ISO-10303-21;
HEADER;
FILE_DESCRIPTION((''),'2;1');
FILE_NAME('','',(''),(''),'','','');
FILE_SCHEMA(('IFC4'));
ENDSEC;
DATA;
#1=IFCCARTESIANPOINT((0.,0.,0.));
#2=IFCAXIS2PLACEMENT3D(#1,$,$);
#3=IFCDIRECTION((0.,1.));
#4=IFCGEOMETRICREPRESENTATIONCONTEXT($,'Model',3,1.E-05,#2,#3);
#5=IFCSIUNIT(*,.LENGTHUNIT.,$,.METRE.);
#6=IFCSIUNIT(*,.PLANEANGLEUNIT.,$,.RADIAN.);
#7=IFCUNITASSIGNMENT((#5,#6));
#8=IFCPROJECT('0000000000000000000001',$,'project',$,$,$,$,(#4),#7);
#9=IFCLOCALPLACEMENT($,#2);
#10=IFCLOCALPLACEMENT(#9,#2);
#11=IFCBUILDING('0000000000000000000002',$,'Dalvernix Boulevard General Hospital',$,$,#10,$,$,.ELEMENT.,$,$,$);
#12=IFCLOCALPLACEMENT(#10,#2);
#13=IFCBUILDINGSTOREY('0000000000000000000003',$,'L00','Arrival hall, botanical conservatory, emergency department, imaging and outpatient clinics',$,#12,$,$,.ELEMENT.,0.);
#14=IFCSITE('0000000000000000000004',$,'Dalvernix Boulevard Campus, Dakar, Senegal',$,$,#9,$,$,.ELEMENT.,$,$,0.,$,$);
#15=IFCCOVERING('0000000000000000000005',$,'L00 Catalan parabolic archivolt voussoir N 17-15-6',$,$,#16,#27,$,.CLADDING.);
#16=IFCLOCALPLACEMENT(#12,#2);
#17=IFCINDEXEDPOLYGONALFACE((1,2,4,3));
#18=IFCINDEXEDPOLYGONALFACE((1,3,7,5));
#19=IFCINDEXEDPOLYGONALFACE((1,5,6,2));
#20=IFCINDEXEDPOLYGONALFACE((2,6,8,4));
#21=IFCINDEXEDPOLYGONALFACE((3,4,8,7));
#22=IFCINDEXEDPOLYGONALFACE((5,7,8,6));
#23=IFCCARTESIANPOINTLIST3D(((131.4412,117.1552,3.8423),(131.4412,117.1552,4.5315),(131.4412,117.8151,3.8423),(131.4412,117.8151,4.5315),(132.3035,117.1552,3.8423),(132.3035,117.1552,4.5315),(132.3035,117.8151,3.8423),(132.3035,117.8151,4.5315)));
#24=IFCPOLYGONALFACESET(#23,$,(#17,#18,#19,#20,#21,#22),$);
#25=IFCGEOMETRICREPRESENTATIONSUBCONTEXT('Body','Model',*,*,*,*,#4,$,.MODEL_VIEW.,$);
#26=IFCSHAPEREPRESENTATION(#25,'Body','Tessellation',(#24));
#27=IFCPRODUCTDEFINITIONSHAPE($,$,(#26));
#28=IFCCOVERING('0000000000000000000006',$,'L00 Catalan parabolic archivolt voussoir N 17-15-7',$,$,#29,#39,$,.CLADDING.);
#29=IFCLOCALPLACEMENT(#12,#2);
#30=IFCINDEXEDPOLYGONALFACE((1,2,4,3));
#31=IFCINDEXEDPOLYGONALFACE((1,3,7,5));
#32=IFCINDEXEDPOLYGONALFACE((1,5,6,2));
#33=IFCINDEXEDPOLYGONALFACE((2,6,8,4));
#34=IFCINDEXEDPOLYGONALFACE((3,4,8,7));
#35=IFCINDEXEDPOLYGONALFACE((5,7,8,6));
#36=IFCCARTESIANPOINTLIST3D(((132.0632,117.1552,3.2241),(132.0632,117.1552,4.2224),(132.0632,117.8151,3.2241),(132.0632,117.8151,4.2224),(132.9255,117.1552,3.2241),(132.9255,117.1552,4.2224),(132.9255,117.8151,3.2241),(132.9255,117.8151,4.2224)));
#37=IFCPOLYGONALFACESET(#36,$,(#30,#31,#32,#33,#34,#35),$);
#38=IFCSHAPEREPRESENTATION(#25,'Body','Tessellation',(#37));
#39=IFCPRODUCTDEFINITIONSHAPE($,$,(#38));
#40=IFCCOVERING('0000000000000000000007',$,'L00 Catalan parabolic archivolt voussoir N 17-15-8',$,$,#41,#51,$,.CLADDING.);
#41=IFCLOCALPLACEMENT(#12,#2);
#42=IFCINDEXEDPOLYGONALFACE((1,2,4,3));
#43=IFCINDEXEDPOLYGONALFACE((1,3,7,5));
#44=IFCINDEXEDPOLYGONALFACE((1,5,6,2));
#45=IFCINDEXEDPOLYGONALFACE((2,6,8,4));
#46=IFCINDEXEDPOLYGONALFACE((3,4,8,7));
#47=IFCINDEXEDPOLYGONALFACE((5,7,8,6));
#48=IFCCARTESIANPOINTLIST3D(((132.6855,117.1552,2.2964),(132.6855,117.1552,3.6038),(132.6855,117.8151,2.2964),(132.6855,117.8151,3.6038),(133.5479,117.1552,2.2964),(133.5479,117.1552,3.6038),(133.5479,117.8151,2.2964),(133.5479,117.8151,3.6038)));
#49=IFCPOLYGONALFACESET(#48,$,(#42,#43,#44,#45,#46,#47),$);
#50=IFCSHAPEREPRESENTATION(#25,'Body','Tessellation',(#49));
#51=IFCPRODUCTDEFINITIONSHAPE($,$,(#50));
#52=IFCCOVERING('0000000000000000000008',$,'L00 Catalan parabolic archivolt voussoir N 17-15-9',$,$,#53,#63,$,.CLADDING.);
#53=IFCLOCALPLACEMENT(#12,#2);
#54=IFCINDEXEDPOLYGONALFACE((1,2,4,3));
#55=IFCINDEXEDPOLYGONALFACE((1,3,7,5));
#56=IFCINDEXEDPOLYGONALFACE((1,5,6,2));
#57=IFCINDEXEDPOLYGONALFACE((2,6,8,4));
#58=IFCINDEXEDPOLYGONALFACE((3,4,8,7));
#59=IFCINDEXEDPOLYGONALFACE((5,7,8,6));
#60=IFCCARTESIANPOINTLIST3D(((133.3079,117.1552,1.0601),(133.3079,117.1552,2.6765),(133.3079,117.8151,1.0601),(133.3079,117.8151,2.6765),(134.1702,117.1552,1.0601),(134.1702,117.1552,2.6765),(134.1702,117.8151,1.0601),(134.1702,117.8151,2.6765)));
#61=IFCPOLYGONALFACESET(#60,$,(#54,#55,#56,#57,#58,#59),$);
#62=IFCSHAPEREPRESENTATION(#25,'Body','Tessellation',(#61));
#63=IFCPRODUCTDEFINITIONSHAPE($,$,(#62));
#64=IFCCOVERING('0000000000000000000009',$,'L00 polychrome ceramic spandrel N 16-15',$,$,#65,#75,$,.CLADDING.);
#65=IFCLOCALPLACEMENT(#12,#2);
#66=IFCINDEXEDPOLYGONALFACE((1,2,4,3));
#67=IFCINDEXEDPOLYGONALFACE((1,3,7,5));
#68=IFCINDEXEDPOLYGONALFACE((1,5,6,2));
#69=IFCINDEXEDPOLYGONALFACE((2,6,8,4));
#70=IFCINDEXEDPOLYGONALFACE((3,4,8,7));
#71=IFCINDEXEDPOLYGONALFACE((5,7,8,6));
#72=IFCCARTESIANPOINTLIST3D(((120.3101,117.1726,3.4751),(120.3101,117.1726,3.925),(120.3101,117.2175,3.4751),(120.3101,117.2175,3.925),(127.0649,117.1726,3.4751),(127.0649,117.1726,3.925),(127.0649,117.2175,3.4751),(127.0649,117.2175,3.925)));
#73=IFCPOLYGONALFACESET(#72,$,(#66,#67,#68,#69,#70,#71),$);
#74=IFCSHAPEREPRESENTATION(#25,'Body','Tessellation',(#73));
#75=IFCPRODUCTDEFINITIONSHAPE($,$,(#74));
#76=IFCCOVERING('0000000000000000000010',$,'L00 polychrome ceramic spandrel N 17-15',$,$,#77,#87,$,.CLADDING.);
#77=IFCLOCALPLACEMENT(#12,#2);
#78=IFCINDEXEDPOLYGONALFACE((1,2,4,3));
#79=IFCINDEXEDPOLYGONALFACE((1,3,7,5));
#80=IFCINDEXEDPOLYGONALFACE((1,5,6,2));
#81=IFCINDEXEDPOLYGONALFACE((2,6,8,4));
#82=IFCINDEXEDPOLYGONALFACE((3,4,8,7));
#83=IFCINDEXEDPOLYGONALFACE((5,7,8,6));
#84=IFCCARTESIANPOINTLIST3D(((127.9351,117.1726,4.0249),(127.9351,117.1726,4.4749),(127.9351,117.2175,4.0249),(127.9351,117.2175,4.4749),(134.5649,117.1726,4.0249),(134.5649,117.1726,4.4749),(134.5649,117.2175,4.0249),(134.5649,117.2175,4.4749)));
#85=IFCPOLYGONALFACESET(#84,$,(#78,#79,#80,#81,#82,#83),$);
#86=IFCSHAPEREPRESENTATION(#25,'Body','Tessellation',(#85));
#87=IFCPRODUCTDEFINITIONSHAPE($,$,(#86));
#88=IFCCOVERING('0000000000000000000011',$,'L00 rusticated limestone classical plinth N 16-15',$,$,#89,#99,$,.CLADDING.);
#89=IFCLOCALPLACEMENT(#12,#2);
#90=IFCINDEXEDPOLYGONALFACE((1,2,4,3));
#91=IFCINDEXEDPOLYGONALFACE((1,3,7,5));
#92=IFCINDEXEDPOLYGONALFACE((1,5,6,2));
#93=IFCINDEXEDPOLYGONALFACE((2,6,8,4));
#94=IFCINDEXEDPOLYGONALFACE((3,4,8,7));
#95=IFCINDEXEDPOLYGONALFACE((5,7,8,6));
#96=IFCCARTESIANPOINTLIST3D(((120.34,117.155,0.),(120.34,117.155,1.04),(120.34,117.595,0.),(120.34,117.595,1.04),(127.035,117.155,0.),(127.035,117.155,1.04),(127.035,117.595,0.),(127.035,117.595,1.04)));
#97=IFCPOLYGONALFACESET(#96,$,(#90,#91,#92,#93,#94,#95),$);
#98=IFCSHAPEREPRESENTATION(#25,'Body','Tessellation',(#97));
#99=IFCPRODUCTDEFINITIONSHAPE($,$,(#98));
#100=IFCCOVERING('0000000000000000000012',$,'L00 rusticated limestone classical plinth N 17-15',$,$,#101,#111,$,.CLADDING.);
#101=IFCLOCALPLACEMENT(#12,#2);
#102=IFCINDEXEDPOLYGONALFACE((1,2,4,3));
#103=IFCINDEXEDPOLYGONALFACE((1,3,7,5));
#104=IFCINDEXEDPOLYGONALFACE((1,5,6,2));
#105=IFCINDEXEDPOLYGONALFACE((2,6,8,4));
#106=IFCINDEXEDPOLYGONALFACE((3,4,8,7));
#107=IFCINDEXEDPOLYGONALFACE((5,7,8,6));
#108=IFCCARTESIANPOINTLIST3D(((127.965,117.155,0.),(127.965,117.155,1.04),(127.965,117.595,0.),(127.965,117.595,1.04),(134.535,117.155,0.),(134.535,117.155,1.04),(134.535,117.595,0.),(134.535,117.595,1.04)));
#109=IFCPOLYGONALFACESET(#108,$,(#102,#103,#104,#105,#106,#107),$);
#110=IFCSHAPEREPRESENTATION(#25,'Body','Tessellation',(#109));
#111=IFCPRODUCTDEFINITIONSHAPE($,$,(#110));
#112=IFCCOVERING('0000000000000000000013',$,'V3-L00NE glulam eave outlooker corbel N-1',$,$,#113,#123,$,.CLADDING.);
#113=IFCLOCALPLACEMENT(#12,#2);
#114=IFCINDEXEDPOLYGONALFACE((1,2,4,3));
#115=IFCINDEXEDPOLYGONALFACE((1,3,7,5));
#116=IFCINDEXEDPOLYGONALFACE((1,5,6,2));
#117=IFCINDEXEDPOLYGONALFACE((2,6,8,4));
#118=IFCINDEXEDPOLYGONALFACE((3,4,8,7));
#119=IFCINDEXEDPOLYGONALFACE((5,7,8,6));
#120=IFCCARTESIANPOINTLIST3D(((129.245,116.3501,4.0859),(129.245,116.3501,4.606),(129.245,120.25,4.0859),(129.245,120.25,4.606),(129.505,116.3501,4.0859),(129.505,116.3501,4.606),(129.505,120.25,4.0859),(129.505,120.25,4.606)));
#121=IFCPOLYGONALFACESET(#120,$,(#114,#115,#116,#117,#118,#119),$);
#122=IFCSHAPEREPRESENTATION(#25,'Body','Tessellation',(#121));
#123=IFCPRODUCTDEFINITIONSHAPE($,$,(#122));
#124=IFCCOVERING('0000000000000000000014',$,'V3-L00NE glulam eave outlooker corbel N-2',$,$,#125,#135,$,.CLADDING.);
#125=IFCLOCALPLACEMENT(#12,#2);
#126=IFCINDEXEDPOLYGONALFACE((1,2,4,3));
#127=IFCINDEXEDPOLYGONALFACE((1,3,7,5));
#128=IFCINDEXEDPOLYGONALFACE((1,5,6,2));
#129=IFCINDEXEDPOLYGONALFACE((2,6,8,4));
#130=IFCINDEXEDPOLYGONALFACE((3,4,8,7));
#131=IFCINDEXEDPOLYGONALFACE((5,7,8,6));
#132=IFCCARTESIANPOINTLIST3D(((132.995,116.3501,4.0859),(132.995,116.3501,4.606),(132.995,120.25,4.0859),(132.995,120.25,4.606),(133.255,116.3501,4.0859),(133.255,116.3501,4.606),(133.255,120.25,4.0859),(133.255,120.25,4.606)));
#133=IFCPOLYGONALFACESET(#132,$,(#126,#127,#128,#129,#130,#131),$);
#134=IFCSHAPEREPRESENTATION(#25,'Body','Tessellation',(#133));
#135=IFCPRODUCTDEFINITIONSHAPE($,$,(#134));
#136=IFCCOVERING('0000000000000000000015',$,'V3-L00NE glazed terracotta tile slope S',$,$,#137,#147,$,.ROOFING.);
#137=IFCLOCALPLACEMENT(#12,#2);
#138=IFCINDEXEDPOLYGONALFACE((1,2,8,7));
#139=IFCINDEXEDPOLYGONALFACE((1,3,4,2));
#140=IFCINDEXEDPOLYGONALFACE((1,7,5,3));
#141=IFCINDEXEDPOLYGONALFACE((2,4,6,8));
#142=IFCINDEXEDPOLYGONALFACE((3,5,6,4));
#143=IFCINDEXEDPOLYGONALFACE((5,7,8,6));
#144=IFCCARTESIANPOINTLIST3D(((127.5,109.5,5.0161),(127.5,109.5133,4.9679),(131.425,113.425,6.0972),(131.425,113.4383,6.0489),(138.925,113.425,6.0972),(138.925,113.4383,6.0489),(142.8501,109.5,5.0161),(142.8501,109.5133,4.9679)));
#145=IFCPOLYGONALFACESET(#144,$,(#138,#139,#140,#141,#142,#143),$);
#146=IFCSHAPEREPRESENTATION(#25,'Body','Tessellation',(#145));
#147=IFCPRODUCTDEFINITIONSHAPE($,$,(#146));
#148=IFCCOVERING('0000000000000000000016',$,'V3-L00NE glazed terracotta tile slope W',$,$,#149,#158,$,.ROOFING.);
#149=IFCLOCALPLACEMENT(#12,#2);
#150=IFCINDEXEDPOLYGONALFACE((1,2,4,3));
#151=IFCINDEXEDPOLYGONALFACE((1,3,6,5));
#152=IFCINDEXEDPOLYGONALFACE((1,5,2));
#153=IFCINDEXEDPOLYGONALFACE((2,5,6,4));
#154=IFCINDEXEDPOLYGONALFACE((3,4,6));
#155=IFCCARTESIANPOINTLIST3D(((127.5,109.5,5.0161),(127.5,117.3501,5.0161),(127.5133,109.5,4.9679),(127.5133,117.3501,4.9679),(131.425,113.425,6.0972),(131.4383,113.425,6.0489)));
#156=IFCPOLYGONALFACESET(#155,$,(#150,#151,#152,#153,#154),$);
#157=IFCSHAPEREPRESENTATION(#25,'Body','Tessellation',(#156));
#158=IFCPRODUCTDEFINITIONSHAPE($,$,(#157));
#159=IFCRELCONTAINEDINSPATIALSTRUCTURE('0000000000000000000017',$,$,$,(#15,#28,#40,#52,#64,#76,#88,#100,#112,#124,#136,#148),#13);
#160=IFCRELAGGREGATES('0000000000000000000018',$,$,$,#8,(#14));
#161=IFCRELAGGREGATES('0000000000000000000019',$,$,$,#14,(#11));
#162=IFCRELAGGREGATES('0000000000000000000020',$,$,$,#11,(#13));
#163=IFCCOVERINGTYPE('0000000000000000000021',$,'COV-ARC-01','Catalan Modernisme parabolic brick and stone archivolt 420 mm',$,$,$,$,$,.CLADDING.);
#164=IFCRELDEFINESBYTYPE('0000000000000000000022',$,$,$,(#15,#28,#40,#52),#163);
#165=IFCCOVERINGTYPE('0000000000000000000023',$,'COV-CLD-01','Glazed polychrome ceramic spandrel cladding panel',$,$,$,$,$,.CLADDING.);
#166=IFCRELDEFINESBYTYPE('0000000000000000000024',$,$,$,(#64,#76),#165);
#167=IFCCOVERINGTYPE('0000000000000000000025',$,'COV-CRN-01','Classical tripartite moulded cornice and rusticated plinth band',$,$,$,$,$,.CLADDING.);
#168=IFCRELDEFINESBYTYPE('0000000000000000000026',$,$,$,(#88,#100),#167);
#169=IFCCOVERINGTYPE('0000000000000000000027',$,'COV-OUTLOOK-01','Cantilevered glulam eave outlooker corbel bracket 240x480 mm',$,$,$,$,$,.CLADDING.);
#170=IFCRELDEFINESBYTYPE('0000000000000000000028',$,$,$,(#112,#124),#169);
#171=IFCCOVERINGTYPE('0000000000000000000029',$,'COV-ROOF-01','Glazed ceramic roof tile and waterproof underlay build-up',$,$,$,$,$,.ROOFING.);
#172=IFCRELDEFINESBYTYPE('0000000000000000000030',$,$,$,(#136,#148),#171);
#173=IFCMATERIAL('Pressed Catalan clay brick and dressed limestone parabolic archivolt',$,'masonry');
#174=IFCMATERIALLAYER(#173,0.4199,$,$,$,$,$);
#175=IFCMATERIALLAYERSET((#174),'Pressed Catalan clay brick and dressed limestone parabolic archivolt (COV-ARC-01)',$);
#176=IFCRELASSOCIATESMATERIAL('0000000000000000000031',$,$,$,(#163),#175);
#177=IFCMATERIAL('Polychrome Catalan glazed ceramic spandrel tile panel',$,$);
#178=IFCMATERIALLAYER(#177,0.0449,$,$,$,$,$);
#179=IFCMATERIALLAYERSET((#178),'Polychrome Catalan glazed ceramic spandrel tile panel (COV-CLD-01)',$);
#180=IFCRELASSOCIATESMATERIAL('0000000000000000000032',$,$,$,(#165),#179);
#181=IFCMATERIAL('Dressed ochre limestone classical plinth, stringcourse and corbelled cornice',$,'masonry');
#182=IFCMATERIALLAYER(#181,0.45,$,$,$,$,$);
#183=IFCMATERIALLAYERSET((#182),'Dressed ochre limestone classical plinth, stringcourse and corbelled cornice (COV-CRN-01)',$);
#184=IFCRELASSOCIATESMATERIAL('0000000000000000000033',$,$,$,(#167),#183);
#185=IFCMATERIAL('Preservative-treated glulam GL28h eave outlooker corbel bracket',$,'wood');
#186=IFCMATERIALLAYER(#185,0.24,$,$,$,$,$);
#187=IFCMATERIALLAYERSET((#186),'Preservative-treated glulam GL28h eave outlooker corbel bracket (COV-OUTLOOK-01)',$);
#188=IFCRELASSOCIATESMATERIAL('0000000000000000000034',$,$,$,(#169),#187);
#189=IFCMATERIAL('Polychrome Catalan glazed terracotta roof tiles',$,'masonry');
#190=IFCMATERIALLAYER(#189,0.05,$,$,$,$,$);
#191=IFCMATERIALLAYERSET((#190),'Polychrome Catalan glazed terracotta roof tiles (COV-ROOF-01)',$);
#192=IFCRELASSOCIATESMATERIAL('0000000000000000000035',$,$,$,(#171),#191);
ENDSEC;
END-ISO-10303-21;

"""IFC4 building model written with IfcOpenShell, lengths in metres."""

from ifc_helpers import new_model, si_unit, direction, frame, origin, origin_2d, place, context, subcontext, project, spatial, polyline, rectangle, outline, extrude, material, layer, layer_set, type_object, element, save


model = new_model("IFC4")

# Units and contexts
model_context = context("Model", 3, precision=1e-05, world=origin(), true_north=direction((0.0, 1.0)))
body_context = subcontext(model_context, "Body", "Model", "MODEL_VIEW")
ifc_project = project(units=[si_unit("LENGTHUNIT", "METRE"), si_unit("PLANEANGLEUNIT", "RADIAN")], contexts=[model_context])

# Site, building, storey
site_placement = place(None, origin())
site = spatial("IfcSite", under=ifc_project, at=site_placement, Name="Dalvernix Boulevard Campus, Dakar, Senegal", CompositionType="ELEMENT", RefElevation=0.0)
building_placement = place(site_placement, origin())
building = spatial("IfcBuilding", under=site, at=building_placement, Name="Dalvernix Boulevard General Hospital", CompositionType="ELEMENT")
storey_placement = place(building_placement, origin())
storey = spatial("IfcBuildingStorey", under=building, at=storey_placement, Name="L00", Description="Arrival hall, botanical conservatory, emergency department, imaging and outpatient clinics", CompositionType="ELEMENT", Elevation=0.0)

# Coverings
ifc_material_1 = material(Name="Pressed Catalan clay brick and dressed limestone parabolic archivolt", Category="masonry")
ifc_layer_1 = layer(ifc_material_1, 0.4199)
ifc_layer_set_1 = layer_set([ifc_layer_1], Name="Pressed Catalan clay brick and dressed limestone parabolic archivolt (COV-ARC-01)")
covering_type_1 = type_object("IfcCoveringType", Name="COV-ARC-01", Description="Catalan Modernisme parabolic brick and stone archivolt 420 mm", PredefinedType="CLADDING", material=ifc_layer_set_1)
covering_1_placement = place(storey_placement, frame((131.8723, 117.4851, 3.8423), z_axis=(0.0, 0.0, 1.0), x_axis=(1.0, 0.0, 0.0)))
element("IfcCovering", 1, at=covering_1_placement, inside=storey, type_object=covering_type_1, Name="L00 Catalan parabolic archivolt voussoir N 17-15-6", PredefinedType="CLADDING", context=body_context, shape_type="SweptSolid", body=[
    extrude(rectangle(XDim=0.8623, YDim=0.6599, at=origin_2d()), origin(), (0.0, 0.0, 1.0), 0.6892),
])
covering_2_placement = place(storey_placement, frame((132.4944, 117.4851, 3.2241), z_axis=(0.0, 0.0, 1.0), x_axis=(1.0, 0.0, 0.0)))
element("IfcCovering", 2, at=covering_2_placement, inside=storey, type_object=covering_type_1, Name="L00 Catalan parabolic archivolt voussoir N 17-15-7", PredefinedType="CLADDING", context=body_context, shape_type="SweptSolid", body=[
    extrude(rectangle(XDim=0.8623, YDim=0.6599, at=origin_2d()), origin(), (0.0, 0.0, 1.0), 0.9983),
])
covering_3_placement = place(storey_placement, frame((133.1167, 117.4851, 2.2964), z_axis=(0.0, 0.0, 1.0), x_axis=(1.0, 0.0, 0.0)))
element("IfcCovering", 3, at=covering_3_placement, inside=storey, type_object=covering_type_1, Name="L00 Catalan parabolic archivolt voussoir N 17-15-8", PredefinedType="CLADDING", context=body_context, shape_type="SweptSolid", body=[
    extrude(rectangle(XDim=0.8623, YDim=0.6599, at=origin_2d()), origin(), (0.0, 0.0, 1.0), 1.3074),
])
covering_4_placement = place(storey_placement, frame((133.739, 117.4851, 1.0601), z_axis=(0.0, 0.0, 1.0), x_axis=(1.0, 0.0, 0.0)))
element("IfcCovering", 4, at=covering_4_placement, inside=storey, type_object=covering_type_1, Name="L00 Catalan parabolic archivolt voussoir N 17-15-9", PredefinedType="CLADDING", context=body_context, shape_type="SweptSolid", body=[
    extrude(rectangle(XDim=0.8623, YDim=0.6599, at=origin_2d()), origin(), (0.0, 0.0, 1.0), 1.6165),
])
ifc_material_2 = material(Name="Polychrome Catalan glazed ceramic spandrel tile panel")
ifc_layer_2 = layer(ifc_material_2, 0.0449)
ifc_layer_set_2 = layer_set([ifc_layer_2], Name="Polychrome Catalan glazed ceramic spandrel tile panel (COV-CLD-01)")
covering_type_2 = type_object("IfcCoveringType", Name="COV-CLD-01", Description="Glazed polychrome ceramic spandrel cladding panel", PredefinedType="CLADDING", material=ifc_layer_set_2)
covering_5_placement = place(storey_placement, frame((123.6875, 117.1951, 3.4751), z_axis=(0.0, 0.0, 1.0), x_axis=(1.0, 0.0, 0.0)))
element("IfcCovering", 5, at=covering_5_placement, inside=storey, type_object=covering_type_2, Name="L00 polychrome ceramic spandrel N 16-15", PredefinedType="CLADDING", context=body_context, shape_type="SweptSolid", body=[
    extrude(rectangle(XDim=6.7549, YDim=0.0449, at=origin_2d()), origin(), (0.0, 0.0, 1.0), 0.45),
])
covering_6_placement = place(storey_placement, frame((131.25, 117.1951, 4.0249), z_axis=(0.0, 0.0, 1.0), x_axis=(1.0, 0.0, 0.0)))
element("IfcCovering", 6, at=covering_6_placement, inside=storey, type_object=covering_type_2, Name="L00 polychrome ceramic spandrel N 17-15", PredefinedType="CLADDING", context=body_context, shape_type="SweptSolid", body=[
    extrude(rectangle(XDim=6.6299, YDim=0.0449, at=origin_2d()), origin(), (0.0, 0.0, 1.0), 0.45),
])
ifc_material_3 = material(Name="Dressed ochre limestone classical plinth, stringcourse and corbelled cornice", Category="masonry")
ifc_layer_3 = layer(ifc_material_3, 0.45)
ifc_layer_set_3 = layer_set([ifc_layer_3], Name="Dressed ochre limestone classical plinth, stringcourse and corbelled cornice (COV-CRN-01)")
covering_type_3 = type_object("IfcCoveringType", Name="COV-CRN-01", Description="Classical tripartite moulded cornice and rusticated plinth band", PredefinedType="CLADDING", material=ifc_layer_set_3)
covering_7_placement = place(storey_placement, frame((123.6875, 117.375, 0.0), z_axis=(0.0, 0.0, 1.0), x_axis=(1.0, 0.0, 0.0)))
element("IfcCovering", 7, at=covering_7_placement, inside=storey, type_object=covering_type_3, Name="L00 rusticated limestone classical plinth N 16-15", PredefinedType="CLADDING", context=body_context, shape_type="SweptSolid", body=[
    extrude(rectangle(XDim=6.6951, YDim=0.4399, at=origin_2d()), origin(), (0.0, 0.0, 1.0), 1.04),
])
covering_8_placement = place(storey_placement, frame((131.25, 117.375, 0.0), z_axis=(0.0, 0.0, 1.0), x_axis=(1.0, 0.0, 0.0)))
element("IfcCovering", 8, at=covering_8_placement, inside=storey, type_object=covering_type_3, Name="L00 rusticated limestone classical plinth N 17-15", PredefinedType="CLADDING", context=body_context, shape_type="SweptSolid", body=[
    extrude(rectangle(XDim=6.5701, YDim=0.4399, at=origin_2d()), origin(), (0.0, 0.0, 1.0), 1.04),
])
ifc_material_4 = material(Name="Preservative-treated glulam GL28h eave outlooker corbel bracket", Category="wood")
ifc_layer_4 = layer(ifc_material_4, 0.24)
ifc_layer_set_4 = layer_set([ifc_layer_4], Name="Preservative-treated glulam GL28h eave outlooker corbel bracket (COV-OUTLOOK-01)")
covering_type_4 = type_object("IfcCoveringType", Name="COV-OUTLOOK-01", Description="Cantilevered glulam eave outlooker corbel bracket 240x480 mm", PredefinedType="CLADDING", material=ifc_layer_set_4)
for number, where, z_axis, x_axis, name in (
    (9, (129.375, 118.3, 4.0859), (0.0, 0.0, 1.0), (1.0, 0.0, 0.0), "V3-L00NE glulam eave outlooker corbel N-1"),
    (10, (133.125, 118.3, 4.0859), (0.0, 0.0, 1.0), (1.0, 0.0, 0.0), "V3-L00NE glulam eave outlooker corbel N-2"),
):
    element("IfcCovering", number, at=place(storey_placement, frame(where, z_axis=z_axis, x_axis=x_axis)), inside=storey, type_object=covering_type_4, Name=name, PredefinedType="CLADDING", context=body_context, shape_type="SweptSolid", body=[
        extrude(rectangle(XDim=0.26, YDim=3.8999, at=origin_2d()), origin(), (0.0, 0.0, 1.0), 0.52),
    ])
ifc_material_5 = material(Name="Polychrome Catalan glazed terracotta roof tiles", Category="masonry")
ifc_layer_5 = layer(ifc_material_5, 0.05)
ifc_layer_set_5 = layer_set([ifc_layer_5], Name="Polychrome Catalan glazed terracotta roof tiles (COV-ROOF-01)")
covering_type_5 = type_object("IfcCoveringType", Name="COV-ROOF-01", Description="Glazed ceramic roof tile and waterproof underlay build-up", PredefinedType="ROOFING", material=ifc_layer_set_5)
covering_9_placement = place(storey_placement, frame((127.5, 109.5, 5.0161), z_axis=(0.0, -0.265537, 0.964101), x_axis=(1.0, 0.0, 0.0)))
element("IfcCovering", 11, at=covering_9_placement, inside=storey, type_object=covering_type_5, Name="V3-L00NE glazed terracotta tile slope S", PredefinedType="ROOFING", context=body_context, shape_type="SweptSolid", body=[
    extrude(outline(polyline([(0.0, 0.0), (15.3501, 0.0), (11.425, 4.0712), (3.925, 4.0712), (0.0, 0.0)])), origin(), (0.0, 0.0, -1.0), 0.05),
])
covering_10_placement = place(storey_placement, frame((127.5, 117.3501, 5.0161), z_axis=(-0.265537, 0.0, 0.964101), x_axis=(0.0, -1.0, 0.0)))
element("IfcCovering", 12, at=covering_10_placement, inside=storey, type_object=covering_type_5, Name="V3-L00NE glazed terracotta tile slope W", PredefinedType="ROOFING", context=body_context, shape_type="SweptSolid", body=[
    extrude(outline(polyline([(0.0, 0.0), (7.8501, 0.0), (3.925, 4.0712), (0.0, 0.0)])), origin(), (0.0, 0.0, -1.0), 0.05),
])

save(model, "model.ifc")
